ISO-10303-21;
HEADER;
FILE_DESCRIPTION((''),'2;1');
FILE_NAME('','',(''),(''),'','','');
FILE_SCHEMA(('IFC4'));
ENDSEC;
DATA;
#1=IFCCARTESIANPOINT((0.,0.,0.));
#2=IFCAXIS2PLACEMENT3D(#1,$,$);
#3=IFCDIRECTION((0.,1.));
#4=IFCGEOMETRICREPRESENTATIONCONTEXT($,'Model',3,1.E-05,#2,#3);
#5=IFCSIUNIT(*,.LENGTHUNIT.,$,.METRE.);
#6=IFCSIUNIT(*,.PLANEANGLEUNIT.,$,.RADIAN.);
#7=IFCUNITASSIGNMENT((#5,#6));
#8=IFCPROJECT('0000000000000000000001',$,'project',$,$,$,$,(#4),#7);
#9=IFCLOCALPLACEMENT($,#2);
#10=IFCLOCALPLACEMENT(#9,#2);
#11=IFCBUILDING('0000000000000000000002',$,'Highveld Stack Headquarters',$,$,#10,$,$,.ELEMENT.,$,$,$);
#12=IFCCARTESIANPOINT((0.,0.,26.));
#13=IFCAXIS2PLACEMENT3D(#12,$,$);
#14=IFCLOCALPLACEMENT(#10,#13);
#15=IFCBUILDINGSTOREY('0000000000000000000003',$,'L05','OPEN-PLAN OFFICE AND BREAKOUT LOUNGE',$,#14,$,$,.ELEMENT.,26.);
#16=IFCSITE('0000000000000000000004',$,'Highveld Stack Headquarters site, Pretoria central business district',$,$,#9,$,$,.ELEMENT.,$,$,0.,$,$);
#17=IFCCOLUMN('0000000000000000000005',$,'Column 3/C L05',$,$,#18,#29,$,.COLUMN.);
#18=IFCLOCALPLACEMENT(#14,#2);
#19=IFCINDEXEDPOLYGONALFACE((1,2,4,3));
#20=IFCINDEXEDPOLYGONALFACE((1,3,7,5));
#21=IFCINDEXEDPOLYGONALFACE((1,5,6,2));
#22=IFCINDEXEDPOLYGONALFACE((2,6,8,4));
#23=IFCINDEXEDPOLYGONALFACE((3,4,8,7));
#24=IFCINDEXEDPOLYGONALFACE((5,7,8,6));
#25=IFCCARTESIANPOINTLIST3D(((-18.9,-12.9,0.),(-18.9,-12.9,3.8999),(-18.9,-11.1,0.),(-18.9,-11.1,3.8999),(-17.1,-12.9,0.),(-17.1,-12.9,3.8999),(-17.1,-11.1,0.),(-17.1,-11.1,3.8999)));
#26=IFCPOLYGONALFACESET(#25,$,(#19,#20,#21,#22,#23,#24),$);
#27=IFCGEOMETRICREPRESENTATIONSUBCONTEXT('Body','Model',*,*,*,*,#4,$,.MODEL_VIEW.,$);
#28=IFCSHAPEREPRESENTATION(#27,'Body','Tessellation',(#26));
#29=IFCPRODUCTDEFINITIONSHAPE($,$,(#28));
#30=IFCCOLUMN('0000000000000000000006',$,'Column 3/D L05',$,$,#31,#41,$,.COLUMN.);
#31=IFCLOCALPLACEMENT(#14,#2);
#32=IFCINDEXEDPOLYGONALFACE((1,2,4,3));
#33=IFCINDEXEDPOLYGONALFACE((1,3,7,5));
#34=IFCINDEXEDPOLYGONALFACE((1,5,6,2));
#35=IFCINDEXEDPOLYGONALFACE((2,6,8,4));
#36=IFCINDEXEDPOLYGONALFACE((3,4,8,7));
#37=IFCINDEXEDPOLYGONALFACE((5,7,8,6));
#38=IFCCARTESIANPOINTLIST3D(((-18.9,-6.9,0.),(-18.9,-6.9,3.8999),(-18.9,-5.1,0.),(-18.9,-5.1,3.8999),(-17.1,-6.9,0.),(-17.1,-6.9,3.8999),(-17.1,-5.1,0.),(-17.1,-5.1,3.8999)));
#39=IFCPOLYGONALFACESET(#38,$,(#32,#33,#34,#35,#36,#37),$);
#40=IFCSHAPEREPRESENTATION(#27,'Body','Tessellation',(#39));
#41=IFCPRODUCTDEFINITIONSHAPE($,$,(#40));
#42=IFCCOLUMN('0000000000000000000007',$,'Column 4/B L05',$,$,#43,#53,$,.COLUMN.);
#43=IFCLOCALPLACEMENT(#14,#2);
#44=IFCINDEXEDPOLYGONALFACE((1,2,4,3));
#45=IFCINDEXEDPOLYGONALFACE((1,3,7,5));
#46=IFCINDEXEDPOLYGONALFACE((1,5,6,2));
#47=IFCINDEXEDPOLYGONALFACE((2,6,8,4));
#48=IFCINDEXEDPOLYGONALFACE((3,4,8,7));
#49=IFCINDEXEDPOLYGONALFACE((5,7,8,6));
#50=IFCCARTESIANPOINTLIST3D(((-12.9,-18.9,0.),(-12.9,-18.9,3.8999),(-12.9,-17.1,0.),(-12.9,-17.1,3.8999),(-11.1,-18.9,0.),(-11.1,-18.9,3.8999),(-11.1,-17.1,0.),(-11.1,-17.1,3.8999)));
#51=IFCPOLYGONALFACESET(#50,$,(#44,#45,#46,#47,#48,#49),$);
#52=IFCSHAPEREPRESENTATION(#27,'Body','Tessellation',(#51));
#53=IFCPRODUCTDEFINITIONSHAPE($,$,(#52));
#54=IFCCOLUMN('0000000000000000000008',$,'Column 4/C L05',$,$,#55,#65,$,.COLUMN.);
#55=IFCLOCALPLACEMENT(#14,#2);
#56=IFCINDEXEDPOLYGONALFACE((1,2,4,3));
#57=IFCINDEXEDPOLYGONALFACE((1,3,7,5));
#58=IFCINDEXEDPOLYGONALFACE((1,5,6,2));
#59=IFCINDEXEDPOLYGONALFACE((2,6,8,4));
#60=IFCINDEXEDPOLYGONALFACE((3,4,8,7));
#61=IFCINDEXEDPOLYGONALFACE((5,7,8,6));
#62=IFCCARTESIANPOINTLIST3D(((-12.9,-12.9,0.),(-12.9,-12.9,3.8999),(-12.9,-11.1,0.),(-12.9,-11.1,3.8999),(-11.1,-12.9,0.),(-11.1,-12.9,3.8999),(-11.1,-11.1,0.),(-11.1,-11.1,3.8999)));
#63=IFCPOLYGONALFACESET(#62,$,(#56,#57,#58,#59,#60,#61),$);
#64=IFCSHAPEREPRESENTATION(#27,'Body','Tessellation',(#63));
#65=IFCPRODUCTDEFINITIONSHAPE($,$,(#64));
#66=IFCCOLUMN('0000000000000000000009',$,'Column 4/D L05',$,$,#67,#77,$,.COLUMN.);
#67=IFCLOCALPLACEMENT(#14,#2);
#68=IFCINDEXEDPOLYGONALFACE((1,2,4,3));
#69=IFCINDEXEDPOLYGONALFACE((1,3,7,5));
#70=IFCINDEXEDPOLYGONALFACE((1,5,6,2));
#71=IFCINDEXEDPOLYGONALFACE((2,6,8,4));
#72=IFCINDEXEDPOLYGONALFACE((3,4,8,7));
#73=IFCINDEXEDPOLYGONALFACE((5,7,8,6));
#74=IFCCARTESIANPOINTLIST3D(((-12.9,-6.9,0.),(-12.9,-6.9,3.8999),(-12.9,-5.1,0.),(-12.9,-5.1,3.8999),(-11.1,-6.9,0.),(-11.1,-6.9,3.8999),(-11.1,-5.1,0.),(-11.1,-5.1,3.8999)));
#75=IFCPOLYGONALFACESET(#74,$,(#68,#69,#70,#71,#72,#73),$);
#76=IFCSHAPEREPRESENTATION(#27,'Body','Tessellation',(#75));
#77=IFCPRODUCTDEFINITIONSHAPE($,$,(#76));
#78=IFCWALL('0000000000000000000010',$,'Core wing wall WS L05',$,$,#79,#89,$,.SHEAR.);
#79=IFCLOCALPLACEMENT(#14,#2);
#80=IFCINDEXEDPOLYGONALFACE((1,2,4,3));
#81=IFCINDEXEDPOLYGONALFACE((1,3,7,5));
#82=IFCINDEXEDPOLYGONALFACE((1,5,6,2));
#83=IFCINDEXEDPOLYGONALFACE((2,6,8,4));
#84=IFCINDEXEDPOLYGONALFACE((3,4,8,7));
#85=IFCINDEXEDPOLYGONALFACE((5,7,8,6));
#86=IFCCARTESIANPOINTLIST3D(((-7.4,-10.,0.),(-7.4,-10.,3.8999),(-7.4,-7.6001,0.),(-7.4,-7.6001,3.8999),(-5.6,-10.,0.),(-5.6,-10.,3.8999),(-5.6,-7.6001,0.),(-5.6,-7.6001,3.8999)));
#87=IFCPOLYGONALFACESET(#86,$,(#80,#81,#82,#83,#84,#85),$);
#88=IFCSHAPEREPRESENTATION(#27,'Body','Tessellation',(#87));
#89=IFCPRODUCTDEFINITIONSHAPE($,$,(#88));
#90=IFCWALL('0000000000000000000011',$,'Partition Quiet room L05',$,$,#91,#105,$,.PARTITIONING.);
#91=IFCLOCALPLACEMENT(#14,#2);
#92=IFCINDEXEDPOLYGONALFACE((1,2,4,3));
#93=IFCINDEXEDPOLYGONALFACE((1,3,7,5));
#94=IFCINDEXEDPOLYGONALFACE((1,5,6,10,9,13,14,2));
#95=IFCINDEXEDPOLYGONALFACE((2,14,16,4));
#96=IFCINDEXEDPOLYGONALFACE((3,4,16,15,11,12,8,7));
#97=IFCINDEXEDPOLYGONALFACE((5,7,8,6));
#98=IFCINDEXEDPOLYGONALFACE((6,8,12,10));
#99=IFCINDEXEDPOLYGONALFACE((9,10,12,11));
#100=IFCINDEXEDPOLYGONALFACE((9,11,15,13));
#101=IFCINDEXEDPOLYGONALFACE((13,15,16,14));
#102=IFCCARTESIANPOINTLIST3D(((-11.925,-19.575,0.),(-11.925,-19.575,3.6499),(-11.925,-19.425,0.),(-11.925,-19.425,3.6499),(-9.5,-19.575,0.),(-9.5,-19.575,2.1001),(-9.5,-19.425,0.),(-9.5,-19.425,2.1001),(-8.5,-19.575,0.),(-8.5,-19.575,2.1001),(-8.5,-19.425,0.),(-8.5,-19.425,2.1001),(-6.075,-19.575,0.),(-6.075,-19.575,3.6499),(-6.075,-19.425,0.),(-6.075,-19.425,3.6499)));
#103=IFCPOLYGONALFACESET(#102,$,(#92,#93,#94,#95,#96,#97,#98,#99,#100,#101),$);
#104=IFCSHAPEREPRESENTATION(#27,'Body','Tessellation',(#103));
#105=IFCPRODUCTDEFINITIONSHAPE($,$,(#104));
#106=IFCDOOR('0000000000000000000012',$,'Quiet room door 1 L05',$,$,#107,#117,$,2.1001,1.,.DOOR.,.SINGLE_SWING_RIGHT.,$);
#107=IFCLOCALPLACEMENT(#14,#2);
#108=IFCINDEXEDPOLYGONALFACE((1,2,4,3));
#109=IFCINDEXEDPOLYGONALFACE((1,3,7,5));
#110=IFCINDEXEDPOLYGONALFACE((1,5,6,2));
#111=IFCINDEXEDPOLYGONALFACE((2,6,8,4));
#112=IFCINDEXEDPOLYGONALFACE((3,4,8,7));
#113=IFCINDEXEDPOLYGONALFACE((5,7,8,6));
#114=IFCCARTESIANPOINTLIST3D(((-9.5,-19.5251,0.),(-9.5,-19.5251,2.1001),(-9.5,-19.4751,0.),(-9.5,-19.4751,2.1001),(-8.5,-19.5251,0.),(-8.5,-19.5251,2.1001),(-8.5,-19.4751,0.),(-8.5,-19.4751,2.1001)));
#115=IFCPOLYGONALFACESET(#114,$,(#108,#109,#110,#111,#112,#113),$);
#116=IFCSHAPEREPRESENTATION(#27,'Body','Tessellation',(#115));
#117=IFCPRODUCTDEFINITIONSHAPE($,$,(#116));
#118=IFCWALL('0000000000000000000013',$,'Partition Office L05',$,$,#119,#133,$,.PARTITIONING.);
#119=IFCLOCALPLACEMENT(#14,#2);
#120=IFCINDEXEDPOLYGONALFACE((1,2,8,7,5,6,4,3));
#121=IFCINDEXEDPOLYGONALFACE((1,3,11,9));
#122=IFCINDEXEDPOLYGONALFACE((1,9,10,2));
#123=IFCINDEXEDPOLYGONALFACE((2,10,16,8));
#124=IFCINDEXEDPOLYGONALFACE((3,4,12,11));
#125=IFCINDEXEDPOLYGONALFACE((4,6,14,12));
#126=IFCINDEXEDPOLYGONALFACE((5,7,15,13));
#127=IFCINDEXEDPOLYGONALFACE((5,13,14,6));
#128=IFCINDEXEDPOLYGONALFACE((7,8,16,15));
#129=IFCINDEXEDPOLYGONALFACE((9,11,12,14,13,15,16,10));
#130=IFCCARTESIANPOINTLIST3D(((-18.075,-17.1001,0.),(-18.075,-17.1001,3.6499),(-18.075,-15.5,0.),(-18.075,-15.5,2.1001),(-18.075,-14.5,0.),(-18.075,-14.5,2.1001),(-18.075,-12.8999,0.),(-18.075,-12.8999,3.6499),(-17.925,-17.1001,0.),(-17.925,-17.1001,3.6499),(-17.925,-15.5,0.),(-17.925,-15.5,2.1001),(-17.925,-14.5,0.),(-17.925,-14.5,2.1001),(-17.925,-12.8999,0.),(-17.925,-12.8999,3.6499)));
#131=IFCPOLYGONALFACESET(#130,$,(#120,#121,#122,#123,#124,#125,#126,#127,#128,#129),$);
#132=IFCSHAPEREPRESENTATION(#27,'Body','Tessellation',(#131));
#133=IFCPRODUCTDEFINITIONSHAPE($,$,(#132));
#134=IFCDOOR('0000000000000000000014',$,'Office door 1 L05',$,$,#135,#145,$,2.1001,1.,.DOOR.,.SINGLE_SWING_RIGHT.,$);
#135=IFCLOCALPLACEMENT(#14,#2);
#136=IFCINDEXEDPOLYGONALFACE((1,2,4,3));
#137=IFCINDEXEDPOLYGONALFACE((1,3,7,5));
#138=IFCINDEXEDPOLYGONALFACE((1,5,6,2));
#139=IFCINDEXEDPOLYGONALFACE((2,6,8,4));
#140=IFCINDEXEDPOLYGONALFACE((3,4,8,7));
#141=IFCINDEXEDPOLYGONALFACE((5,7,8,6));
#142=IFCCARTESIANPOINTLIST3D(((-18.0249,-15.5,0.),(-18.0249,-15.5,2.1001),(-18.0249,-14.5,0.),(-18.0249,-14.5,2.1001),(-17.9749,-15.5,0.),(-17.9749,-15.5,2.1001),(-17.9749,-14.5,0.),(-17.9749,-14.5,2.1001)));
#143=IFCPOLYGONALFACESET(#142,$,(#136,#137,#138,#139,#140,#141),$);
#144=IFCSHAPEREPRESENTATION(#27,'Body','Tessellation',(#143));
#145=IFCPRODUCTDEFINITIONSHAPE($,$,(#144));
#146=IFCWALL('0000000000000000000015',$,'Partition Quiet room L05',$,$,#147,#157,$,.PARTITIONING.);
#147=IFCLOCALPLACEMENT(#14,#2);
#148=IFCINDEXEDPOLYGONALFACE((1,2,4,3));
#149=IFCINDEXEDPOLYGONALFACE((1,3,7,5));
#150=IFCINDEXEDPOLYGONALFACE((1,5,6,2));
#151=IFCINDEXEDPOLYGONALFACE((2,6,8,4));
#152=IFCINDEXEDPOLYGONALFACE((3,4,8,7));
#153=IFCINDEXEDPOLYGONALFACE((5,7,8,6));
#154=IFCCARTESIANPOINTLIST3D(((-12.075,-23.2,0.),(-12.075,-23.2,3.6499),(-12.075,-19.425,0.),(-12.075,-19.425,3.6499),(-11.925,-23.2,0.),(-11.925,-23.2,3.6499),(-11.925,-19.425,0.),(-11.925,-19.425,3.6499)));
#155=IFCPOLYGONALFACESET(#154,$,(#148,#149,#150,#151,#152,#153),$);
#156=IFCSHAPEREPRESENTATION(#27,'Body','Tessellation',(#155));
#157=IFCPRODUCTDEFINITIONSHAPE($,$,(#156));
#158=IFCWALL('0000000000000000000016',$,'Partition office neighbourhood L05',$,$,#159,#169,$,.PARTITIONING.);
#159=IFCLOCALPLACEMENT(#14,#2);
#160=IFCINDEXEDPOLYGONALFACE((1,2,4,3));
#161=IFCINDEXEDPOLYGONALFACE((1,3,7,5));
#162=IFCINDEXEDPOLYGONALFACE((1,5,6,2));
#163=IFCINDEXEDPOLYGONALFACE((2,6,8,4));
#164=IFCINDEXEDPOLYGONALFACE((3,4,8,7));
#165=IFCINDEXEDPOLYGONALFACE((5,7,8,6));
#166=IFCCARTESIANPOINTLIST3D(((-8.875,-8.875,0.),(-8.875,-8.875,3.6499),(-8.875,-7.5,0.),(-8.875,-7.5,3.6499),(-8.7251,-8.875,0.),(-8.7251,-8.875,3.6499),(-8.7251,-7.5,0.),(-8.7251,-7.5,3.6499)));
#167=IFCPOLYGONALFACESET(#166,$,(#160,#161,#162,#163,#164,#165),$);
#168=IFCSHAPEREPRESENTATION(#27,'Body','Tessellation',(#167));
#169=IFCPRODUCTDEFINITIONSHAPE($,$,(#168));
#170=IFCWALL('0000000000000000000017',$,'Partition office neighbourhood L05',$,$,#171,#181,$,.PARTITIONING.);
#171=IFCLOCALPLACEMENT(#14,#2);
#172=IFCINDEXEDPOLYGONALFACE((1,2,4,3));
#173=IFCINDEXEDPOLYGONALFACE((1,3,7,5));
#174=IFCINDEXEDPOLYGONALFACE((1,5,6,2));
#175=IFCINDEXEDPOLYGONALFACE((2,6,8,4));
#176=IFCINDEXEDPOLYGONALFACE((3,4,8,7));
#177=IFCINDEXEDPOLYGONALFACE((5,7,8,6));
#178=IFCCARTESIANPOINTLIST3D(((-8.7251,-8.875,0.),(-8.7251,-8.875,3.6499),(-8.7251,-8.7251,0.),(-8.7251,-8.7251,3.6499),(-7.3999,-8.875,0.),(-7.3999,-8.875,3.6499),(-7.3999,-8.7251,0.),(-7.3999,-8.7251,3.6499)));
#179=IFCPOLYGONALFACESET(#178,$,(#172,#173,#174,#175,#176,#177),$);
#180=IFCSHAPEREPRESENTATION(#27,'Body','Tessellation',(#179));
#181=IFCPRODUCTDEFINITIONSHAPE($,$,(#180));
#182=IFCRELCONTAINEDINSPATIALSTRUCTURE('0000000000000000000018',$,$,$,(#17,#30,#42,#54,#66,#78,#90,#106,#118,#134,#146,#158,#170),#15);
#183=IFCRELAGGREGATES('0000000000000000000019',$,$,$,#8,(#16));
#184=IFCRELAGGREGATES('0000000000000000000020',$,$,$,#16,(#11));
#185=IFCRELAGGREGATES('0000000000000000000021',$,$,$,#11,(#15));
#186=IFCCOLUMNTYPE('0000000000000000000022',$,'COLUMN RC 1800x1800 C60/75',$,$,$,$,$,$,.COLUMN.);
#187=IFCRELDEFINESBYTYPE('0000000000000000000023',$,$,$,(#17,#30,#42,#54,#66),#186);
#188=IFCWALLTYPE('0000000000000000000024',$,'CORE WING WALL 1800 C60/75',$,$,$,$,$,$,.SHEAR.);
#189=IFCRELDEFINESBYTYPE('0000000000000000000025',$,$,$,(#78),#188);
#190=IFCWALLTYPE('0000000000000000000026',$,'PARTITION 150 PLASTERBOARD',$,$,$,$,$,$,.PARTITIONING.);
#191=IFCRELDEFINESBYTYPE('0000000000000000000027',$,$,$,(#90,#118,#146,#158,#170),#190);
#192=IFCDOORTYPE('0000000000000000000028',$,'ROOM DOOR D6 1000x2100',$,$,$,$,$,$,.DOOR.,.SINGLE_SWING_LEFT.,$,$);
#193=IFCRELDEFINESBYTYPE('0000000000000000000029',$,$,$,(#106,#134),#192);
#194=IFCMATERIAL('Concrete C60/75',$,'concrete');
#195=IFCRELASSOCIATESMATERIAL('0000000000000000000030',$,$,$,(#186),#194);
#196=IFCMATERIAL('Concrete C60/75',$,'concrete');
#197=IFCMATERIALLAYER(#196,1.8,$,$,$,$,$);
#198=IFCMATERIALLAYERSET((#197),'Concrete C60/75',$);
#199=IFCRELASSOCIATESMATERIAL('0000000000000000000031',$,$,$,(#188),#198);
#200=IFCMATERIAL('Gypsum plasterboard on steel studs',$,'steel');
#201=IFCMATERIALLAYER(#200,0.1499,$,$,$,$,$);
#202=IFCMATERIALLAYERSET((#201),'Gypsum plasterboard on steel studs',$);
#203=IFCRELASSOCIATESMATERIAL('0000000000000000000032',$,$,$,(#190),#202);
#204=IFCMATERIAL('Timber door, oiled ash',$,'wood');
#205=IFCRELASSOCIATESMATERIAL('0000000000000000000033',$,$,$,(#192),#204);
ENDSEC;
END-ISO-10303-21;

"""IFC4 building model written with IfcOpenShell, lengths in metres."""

from ifc_helpers import new_model, si_unit, direction, frame, frame_2d, origin, origin_2d, place, context, subcontext, project, spatial, rectangle, extrude, material, layer, layer_set, material_profile, profile_set, type_object, element, fill, save


model = new_model("IFC4")

# Units and contexts
model_context = context("Model", 3, precision=1e-05, world=origin(), true_north=direction((0.0, 1.0)))
body_context = subcontext(model_context, "Body", "Model", "MODEL_VIEW")
ifc_project = project(units=[si_unit("LENGTHUNIT", "METRE"), si_unit("PLANEANGLEUNIT", "RADIAN")], contexts=[model_context])

# Site, building, storey
site_placement = place(None, origin())
site = spatial("IfcSite", under=ifc_project, at=site_placement, Name="Highveld Stack Headquarters site, Pretoria central business district", CompositionType="ELEMENT", RefElevation=0.0)
building_placement = place(site_placement, origin())
building = spatial("IfcBuilding", under=site, at=building_placement, Name="Highveld Stack Headquarters", CompositionType="ELEMENT")
storey_placement = place(building_placement, frame((0.0, 0.0, 26.0)))
storey = spatial("IfcBuildingStorey", under=building, at=storey_placement, Name="L05", Description="OPEN-PLAN OFFICE AND BREAKOUT LOUNGE", CompositionType="ELEMENT", Elevation=26.0)

# Columns
ifc_material_1 = material(Name="Concrete C60/75", Category="concrete")
ifc_material_profile = material_profile(ifc_material_1, rectangle(XDim=1.8, YDim=1.8, at=origin_2d()), Name="RC 1800x1800")
ifc_profile_set = profile_set([ifc_material_profile], Name="Concrete C60/75")
column_type = type_object("IfcColumnType", Name="COLUMN RC 1800x1800 C60/75", PredefinedType="COLUMN", material=ifc_profile_set)
for number, where, z_axis, x_axis, name in (
    (1, (-18.0, -12.0, 0.0), (0.0, 0.0, 1.0), (1.0, 0.0, 0.0), "Column 3/C L05"),
    (2, (-18.0, -6.0, 0.0), (0.0, 0.0, 1.0), (1.0, 0.0, 0.0), "Column 3/D L05"),
    (3, (-12.0, -18.0, 0.0), (0.0, 0.0, 1.0), (1.0, 0.0, 0.0), "Column 4/B L05"),
    (4, (-12.0, -12.0, 0.0), (0.0, 0.0, 1.0), (1.0, 0.0, 0.0), "Column 4/C L05"),
    (5, (-12.0, -6.0, 0.0), (0.0, 0.0, 1.0), (1.0, 0.0, 0.0), "Column 4/D L05"),
):
    element("IfcColumn", number, at=place(storey_placement, frame(where, z_axis=z_axis, x_axis=x_axis)), inside=storey, type_object=column_type, Name=name, PredefinedType="COLUMN", context=body_context, shape_type="SweptSolid", body=[
        extrude(rectangle(XDim=1.8, YDim=1.8, at=origin_2d()), origin(), (0.0, 0.0, 1.0), 3.8999),
    ])

# Wall
ifc_material_2 = material(Name="Concrete C60/75", Category="concrete")
ifc_layer_1 = layer(ifc_material_2, 1.8)
ifc_layer_set_1 = layer_set([ifc_layer_1], Name="Concrete C60/75")
wall_type_1 = type_object("IfcWallType", Name="CORE WING WALL 1800 C60/75", PredefinedType="SHEAR", material=ifc_layer_set_1)
wall_1_placement = place(storey_placement, frame((-6.5, -10.0, 0.0), z_axis=(0.0, 0.0, 1.0), x_axis=(0.0, 1.0, 0.0)))
element("IfcWall", 6, at=wall_1_placement, inside=storey, type_object=wall_type_1, Name="Core wing wall WS L05", PredefinedType="SHEAR", context=body_context, shape_type="SweptSolid", body=[
    extrude(rectangle(XDim=2.3999, YDim=1.8, at=frame_2d((1.2, 0.0))), origin(), (0.0, 0.0, 1.0), 3.8999),
])

# Walls, openings, doors
ifc_material_3 = material(Name="Gypsum plasterboard on steel studs", Category="steel")
ifc_layer_2 = layer(ifc_material_3, 0.1499)
ifc_layer_set_2 = layer_set([ifc_layer_2], Name="Gypsum plasterboard on steel studs")
wall_type_2 = type_object("IfcWallType", Name="PARTITION 150 PLASTERBOARD", PredefinedType="PARTITIONING", material=ifc_layer_set_2)
wall_2_placement = place(storey_placement, frame((-11.925, -19.5, 0.0), z_axis=(0.0, 0.0, 1.0), x_axis=(1.0, 0.0, 0.0)))
wall_2 = element("IfcWall", 7, at=wall_2_placement, inside=storey, type_object=wall_type_2, Name="Partition Quiet room L05", PredefinedType="PARTITIONING", context=body_context, shape_type="SweptSolid", body=[
    extrude(rectangle(XDim=5.8501, YDim=0.1499, at=frame_2d((2.925, 0.0))), origin(), (0.0, 0.0, 1.0), 3.6499),
])
opening_1_placement = place(wall_2_placement, frame((2.425, 0.0, 0.0)))
opening_1 = element("IfcOpeningElement", 8, at=opening_1_placement, cuts=wall_2, PredefinedType="OPENING", context=body_context, shape_type="SweptSolid", body=[
    extrude(rectangle(XDim=1.0, YDim=2.1001, at=frame_2d((0.5, 1.05))), frame((0.0, 0.085, 0.0), z_axis=(0.0, -1.0, 0.0), x_axis=(1.0, 0.0, 0.0)), (0.0, 0.0, 1.0), 0.1699),
])
ifc_material_4 = material(Name="Timber door, oiled ash", Category="wood")
door_type_1 = type_object("IfcDoorType", Name="ROOM DOOR D6 1000x2100", OperationType="SINGLE_SWING_LEFT", PredefinedType="DOOR", material=ifc_material_4)
door_1_placement = place(opening_1_placement, origin())
door_1 = element("IfcDoor", 9, at=door_1_placement, inside=storey, type_object=door_type_1, Name="Quiet room door 1 L05", OperationType="SINGLE_SWING_RIGHT", OverallHeight=2.1001, OverallWidth=1.0, PredefinedType="DOOR", context=body_context, shape_type="SweptSolid", body=[
    extrude(rectangle(XDim=1.0, YDim=2.1001, at=frame_2d((0.5, 1.05))), frame((0.0, 0.0249, 0.0), z_axis=(0.0, -1.0, 0.0), x_axis=(1.0, 0.0, 0.0)), (0.0, 0.0, 1.0), 0.05),
])
fill(opening_1, door_1)
wall_3_placement = place(storey_placement, frame((-18.0, -17.1001, 0.0), z_axis=(0.0, 0.0, 1.0), x_axis=(0.0, 1.0, 0.0)))
wall_3 = element("IfcWall", 10, at=wall_3_placement, inside=storey, type_object=wall_type_2, Name="Partition Office L05", PredefinedType="PARTITIONING", context=body_context, shape_type="SweptSolid", body=[
    extrude(rectangle(XDim=4.2002, YDim=0.1499, at=frame_2d((2.1001, 0.0))), origin(), (0.0, 0.0, 1.0), 3.6499),
])
opening_2_placement = place(wall_3_placement, frame((1.6001, 0.0, 0.0)))
opening_2 = element("IfcOpeningElement", 11, at=opening_2_placement, cuts=wall_3, PredefinedType="OPENING", context=body_context, shape_type="SweptSolid", body=[
    extrude(rectangle(XDim=1.0, YDim=2.1001, at=frame_2d((0.5, 1.05))), frame((0.0, 0.085, 0.0), z_axis=(0.0, -1.0, 0.0), x_axis=(1.0, 0.0, 0.0)), (0.0, 0.0, 1.0), 0.1699),
])
door_2_placement = place(opening_2_placement, origin())
door_2 = element("IfcDoor", 12, at=door_2_placement, inside=storey, type_object=door_type_1, Name="Office door 1 L05", OperationType="SINGLE_SWING_RIGHT", OverallHeight=2.1001, OverallWidth=1.0, PredefinedType="DOOR", context=body_context, shape_type="SweptSolid", body=[
    extrude(rectangle(XDim=1.0, YDim=2.1001, at=frame_2d((0.5, 1.05))), frame((0.0, 0.0249, 0.0), z_axis=(0.0, -1.0, 0.0), x_axis=(1.0, 0.0, 0.0)), (0.0, 0.0, 1.0), 0.05),
])
fill(opening_2, door_2)

# Walls
wall_4_placement = place(storey_placement, frame((-12.0, -23.2, 0.0), z_axis=(0.0, 0.0, 1.0), x_axis=(0.0, 1.0, 0.0)))
element("IfcWall", 13, at=wall_4_placement, inside=storey, type_object=wall_type_2, Name="Partition Quiet room L05", PredefinedType="PARTITIONING", context=body_context, shape_type="SweptSolid", body=[
    extrude(rectangle(XDim=3.7749, YDim=0.1499, at=frame_2d((1.8875, 0.0))), origin(), (0.0, 0.0, 1.0), 3.6499),
])
wall_5_placement = place(storey_placement, frame((-8.8, -8.875, 0.0), z_axis=(0.0, 0.0, 1.0), x_axis=(0.0, 1.0, 0.0)))
element("IfcWall", 14, at=wall_5_placement, inside=storey, type_object=wall_type_2, Name="Partition office neighbourhood L05", PredefinedType="PARTITIONING", context=body_context, shape_type="SweptSolid", body=[
    extrude(rectangle(XDim=1.375, YDim=0.1499, at=frame_2d((0.6875, 0.0))), origin(), (0.0, 0.0, 1.0), 3.6499),
])
wall_6_placement = place(storey_placement, frame((-8.7251, -8.8, 0.0), z_axis=(0.0, 0.0, 1.0), x_axis=(1.0, 0.0, 0.0)))
element("IfcWall", 15, at=wall_6_placement, inside=storey, type_object=wall_type_2, Name="Partition office neighbourhood L05", PredefinedType="PARTITIONING", context=body_context, shape_type="SweptSolid", body=[
    extrude(rectangle(XDim=1.3252, YDim=0.1499, at=frame_2d((0.6626, 0.0))), origin(), (0.0, 0.0, 1.0), 3.6499),
])

save(model, "model.ifc")
